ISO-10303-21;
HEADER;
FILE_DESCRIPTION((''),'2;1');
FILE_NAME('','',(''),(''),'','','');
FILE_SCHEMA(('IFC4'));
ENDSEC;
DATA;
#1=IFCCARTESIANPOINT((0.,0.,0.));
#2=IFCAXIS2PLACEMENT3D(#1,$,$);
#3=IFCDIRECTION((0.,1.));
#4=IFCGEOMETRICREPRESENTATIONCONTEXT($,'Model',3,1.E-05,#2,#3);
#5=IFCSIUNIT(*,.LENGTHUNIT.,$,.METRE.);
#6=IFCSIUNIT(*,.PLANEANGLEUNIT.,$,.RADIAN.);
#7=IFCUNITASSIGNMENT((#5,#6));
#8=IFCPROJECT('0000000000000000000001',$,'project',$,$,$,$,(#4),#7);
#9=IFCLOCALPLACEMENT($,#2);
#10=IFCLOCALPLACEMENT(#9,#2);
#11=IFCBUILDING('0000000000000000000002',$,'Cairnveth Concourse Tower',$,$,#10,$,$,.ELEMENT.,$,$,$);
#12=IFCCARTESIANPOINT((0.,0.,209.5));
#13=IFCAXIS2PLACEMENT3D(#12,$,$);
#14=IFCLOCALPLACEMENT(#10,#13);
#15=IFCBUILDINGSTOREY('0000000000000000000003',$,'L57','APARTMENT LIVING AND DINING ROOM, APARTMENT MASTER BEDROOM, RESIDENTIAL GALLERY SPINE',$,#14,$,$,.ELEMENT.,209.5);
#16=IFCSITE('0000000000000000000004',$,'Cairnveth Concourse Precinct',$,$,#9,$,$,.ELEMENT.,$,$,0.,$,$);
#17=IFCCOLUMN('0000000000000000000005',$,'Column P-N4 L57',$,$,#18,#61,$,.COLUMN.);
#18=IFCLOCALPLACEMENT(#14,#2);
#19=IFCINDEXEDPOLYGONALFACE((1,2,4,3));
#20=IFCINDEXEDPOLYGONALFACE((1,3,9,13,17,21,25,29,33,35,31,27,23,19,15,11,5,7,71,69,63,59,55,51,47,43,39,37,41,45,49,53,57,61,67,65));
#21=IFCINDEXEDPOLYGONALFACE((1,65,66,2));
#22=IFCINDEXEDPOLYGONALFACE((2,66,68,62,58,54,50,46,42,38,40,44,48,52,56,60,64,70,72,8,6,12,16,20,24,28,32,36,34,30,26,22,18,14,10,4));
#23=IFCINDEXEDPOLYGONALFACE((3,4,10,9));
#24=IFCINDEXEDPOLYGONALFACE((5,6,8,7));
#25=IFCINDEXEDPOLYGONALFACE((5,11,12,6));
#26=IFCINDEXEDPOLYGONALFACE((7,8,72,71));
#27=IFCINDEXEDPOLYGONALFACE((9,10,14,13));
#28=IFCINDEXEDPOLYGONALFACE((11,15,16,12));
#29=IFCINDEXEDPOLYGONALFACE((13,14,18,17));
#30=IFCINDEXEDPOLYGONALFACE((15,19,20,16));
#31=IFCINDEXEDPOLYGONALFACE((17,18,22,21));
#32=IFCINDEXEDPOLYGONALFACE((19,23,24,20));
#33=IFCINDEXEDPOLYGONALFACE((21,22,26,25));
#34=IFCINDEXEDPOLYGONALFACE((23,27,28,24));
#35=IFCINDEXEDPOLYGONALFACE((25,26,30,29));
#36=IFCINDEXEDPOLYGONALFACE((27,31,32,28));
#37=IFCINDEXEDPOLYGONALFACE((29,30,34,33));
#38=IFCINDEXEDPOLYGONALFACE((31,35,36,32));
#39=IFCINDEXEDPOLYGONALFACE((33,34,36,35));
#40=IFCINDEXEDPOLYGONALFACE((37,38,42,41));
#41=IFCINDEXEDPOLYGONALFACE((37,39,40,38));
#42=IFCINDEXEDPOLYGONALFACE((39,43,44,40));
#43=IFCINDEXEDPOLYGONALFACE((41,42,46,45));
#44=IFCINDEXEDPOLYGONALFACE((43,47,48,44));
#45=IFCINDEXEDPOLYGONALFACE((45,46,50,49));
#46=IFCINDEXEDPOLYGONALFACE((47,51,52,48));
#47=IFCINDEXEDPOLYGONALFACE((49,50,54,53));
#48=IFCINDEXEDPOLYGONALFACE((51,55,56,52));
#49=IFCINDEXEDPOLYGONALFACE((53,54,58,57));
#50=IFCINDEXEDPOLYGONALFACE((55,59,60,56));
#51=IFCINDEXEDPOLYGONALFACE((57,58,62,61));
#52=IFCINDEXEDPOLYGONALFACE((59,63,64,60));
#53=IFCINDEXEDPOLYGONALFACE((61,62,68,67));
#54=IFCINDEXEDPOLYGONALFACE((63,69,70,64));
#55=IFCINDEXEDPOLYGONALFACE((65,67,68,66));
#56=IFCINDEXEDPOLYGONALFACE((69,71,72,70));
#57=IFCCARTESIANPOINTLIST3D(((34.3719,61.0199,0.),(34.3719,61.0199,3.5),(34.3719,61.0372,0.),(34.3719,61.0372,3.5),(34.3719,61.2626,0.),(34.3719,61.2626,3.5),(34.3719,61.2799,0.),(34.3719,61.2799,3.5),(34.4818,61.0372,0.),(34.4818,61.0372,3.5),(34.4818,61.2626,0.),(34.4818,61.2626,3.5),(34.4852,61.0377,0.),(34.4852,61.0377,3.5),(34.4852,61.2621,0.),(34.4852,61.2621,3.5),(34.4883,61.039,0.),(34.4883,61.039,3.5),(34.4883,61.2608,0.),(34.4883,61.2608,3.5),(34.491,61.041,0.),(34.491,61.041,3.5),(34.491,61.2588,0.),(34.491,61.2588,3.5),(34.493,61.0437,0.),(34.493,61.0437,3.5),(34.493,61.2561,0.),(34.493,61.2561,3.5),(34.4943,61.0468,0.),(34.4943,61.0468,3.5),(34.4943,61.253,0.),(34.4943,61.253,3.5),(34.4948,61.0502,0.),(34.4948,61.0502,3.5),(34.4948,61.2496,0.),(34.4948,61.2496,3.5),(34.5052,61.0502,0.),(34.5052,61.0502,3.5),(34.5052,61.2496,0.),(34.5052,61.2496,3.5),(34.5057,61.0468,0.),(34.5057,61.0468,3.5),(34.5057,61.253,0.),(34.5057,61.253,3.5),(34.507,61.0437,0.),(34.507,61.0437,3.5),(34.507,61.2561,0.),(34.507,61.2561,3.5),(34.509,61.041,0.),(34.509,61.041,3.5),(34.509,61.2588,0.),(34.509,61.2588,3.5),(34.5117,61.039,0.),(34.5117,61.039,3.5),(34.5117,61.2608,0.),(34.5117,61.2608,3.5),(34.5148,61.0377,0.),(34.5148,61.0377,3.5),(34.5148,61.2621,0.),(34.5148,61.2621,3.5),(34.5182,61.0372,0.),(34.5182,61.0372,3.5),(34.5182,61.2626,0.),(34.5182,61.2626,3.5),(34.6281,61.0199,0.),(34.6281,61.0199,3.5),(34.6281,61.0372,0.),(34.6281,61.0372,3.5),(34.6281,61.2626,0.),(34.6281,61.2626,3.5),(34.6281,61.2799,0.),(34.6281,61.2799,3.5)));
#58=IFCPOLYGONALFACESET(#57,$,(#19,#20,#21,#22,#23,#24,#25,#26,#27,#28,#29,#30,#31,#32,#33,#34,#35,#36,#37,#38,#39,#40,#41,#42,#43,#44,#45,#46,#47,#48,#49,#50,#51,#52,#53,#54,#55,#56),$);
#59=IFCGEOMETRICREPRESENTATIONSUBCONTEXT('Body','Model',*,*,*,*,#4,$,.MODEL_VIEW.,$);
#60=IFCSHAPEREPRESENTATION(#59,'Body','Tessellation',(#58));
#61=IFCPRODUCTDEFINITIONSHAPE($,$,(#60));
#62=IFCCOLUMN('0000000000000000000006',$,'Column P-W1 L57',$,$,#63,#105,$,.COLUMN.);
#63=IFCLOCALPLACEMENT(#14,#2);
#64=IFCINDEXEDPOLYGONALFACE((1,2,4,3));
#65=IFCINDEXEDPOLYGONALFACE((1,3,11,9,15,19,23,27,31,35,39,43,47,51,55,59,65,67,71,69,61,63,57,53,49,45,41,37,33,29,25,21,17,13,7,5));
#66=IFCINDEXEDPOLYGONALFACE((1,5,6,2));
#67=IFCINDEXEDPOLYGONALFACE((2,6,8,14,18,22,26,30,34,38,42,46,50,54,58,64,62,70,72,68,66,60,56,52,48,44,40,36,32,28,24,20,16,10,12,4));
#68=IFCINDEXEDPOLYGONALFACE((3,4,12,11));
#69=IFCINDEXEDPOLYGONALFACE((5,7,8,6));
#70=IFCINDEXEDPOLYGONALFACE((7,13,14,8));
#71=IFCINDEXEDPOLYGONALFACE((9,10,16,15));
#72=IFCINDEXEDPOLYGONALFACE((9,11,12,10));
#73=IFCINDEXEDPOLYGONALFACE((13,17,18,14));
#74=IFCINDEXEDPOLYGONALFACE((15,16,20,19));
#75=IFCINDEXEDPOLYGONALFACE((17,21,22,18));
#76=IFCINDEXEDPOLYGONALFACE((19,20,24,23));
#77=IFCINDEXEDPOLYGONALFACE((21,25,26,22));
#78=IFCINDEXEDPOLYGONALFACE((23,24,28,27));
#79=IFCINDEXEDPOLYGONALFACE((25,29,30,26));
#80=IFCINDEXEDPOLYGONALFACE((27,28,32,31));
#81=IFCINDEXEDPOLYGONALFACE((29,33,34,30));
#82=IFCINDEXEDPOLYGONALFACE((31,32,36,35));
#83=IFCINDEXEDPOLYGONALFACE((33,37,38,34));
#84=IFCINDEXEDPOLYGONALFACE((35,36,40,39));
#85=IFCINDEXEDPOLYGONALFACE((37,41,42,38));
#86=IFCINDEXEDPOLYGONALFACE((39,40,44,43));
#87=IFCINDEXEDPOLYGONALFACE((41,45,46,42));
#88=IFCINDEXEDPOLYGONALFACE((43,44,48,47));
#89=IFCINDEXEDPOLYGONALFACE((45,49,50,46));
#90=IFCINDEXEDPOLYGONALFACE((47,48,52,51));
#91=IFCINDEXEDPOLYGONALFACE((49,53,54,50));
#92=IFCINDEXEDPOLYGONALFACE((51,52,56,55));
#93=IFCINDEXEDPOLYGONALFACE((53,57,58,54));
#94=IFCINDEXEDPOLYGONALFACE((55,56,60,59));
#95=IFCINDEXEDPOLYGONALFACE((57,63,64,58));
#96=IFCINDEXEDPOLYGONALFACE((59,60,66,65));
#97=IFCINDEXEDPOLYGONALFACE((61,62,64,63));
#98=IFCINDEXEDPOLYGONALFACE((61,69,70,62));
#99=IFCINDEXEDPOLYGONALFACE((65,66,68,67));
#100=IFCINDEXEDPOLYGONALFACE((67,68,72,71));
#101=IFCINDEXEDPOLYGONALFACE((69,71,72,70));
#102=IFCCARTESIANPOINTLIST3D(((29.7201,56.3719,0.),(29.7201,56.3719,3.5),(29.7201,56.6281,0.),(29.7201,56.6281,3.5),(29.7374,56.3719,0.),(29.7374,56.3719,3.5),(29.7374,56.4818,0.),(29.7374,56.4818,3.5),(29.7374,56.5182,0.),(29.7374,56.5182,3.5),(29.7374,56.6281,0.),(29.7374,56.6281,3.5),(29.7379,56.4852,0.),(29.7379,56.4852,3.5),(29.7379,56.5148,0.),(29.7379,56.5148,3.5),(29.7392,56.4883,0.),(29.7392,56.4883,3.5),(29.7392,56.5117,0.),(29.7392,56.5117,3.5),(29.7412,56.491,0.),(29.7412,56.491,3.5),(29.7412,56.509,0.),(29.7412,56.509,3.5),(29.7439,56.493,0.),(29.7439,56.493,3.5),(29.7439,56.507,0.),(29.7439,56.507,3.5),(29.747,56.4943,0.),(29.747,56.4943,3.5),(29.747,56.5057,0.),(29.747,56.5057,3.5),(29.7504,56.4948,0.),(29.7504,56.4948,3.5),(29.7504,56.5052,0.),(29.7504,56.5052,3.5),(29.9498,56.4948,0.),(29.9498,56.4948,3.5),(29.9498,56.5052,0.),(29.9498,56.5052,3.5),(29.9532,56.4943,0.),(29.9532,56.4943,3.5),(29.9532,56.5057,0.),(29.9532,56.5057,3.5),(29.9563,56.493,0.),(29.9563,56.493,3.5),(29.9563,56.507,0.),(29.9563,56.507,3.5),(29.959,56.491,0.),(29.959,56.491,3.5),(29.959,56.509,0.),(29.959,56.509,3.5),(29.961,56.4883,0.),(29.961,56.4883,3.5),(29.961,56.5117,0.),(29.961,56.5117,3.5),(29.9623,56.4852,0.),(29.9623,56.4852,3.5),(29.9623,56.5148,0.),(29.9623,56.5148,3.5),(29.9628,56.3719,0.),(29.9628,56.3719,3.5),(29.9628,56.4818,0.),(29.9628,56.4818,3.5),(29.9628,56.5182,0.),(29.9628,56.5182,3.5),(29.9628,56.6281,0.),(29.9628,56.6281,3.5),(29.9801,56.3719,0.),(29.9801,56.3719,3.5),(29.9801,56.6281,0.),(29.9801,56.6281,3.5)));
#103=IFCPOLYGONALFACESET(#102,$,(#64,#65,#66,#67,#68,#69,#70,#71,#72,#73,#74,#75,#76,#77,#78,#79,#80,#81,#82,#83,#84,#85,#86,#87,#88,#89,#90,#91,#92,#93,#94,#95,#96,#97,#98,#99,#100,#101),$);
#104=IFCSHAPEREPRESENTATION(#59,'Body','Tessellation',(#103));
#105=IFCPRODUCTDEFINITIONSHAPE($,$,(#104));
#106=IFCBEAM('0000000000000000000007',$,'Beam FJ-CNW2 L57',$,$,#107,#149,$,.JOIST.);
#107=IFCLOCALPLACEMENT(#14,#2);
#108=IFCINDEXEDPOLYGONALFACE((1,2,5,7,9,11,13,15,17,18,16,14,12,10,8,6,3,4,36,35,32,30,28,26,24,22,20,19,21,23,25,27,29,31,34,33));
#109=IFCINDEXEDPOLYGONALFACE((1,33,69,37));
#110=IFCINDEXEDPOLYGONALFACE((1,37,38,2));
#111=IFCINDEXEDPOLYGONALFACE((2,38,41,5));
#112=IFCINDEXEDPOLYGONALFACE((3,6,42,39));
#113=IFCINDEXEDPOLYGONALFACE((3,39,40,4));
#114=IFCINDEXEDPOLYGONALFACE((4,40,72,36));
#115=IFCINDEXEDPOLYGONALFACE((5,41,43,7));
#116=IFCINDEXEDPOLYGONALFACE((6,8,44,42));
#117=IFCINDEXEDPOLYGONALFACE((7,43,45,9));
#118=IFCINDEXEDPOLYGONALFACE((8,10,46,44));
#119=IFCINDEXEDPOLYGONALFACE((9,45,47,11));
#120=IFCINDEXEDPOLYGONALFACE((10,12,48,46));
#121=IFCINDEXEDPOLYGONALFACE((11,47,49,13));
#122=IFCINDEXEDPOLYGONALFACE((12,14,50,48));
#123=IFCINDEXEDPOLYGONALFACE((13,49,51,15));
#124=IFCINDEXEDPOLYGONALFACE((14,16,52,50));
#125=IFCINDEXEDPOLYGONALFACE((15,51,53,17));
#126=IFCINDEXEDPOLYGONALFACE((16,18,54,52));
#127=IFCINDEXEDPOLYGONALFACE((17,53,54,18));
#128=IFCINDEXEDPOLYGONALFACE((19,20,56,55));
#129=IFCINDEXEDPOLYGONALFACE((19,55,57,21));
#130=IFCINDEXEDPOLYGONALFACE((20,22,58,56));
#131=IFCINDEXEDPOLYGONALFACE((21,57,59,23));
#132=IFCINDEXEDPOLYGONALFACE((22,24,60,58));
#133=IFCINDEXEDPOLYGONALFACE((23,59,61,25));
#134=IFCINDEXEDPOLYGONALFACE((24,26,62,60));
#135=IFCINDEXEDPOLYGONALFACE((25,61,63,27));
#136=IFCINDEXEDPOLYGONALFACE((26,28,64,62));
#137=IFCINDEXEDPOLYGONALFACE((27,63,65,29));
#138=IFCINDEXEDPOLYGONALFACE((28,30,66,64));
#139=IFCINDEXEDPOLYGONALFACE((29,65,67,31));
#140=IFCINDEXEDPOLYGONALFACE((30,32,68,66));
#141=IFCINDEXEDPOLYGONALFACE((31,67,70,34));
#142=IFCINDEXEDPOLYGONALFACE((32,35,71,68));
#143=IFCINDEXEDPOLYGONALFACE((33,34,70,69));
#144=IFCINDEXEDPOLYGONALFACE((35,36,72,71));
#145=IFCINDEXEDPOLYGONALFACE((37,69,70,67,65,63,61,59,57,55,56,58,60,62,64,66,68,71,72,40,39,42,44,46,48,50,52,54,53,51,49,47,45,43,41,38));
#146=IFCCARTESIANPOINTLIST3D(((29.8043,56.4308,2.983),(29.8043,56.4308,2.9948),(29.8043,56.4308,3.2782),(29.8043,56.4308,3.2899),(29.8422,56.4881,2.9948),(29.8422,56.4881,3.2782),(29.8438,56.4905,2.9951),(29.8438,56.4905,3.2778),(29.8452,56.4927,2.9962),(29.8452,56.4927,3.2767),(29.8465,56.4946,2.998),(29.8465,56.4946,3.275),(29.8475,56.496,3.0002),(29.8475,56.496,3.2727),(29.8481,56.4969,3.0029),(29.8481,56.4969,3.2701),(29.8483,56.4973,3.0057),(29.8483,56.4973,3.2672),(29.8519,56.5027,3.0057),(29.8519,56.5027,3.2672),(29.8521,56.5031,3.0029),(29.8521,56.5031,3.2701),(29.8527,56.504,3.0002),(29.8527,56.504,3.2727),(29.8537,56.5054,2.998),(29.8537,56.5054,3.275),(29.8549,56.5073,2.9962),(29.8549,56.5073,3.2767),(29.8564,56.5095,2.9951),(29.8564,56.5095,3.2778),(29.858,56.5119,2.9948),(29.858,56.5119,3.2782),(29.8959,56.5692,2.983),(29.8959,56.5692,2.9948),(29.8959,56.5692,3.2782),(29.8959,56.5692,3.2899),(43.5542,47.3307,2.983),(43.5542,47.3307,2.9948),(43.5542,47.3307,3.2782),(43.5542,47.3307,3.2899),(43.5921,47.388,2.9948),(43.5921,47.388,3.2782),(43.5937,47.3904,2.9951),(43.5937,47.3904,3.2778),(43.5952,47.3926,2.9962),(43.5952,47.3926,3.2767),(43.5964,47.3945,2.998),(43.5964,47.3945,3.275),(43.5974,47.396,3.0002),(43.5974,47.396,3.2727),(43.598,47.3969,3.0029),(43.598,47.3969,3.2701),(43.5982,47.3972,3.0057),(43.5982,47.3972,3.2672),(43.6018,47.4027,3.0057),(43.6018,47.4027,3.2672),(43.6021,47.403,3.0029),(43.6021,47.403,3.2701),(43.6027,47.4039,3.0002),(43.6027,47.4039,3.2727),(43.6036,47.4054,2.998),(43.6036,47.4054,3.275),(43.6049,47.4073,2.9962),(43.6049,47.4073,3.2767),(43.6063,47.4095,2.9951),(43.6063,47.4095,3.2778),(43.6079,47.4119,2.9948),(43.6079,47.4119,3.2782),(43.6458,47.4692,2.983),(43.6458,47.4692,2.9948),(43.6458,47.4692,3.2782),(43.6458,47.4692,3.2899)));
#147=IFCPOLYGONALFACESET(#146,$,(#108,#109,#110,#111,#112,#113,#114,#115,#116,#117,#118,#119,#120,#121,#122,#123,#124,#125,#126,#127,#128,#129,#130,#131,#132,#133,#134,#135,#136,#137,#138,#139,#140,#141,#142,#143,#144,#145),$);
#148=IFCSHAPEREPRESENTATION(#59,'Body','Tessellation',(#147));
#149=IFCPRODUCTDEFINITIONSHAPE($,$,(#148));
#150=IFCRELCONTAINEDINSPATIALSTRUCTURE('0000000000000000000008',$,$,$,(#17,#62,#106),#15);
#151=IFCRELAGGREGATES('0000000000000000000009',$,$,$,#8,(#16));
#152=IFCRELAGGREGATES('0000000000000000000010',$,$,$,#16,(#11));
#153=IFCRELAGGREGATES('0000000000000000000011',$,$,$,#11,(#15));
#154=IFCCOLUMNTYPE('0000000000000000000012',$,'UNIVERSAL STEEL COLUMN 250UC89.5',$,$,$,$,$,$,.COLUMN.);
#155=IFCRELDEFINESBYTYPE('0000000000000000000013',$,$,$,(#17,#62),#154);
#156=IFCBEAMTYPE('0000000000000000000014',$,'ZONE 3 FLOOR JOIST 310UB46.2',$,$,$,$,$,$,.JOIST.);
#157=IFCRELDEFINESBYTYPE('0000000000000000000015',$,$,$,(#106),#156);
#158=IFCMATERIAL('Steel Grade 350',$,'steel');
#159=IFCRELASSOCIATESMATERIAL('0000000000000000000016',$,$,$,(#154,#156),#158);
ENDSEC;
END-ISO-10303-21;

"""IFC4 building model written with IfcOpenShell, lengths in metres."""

from ifc_helpers import new_model, si_unit, direction, frame, origin, origin_2d, place, context, subcontext, project, spatial, i_section, extrude, material, material_profile, profile_set, type_object, element, save


model = new_model("IFC4")

# Units and contexts
model_context = context("Model", 3, precision=1e-05, world=origin(), true_north=direction((0.0, 1.0)))
body_context = subcontext(model_context, "Body", "Model", "MODEL_VIEW")
ifc_project = project(units=[si_unit("LENGTHUNIT", "METRE"), si_unit("PLANEANGLEUNIT", "RADIAN")], contexts=[model_context])

# Site, building, storey
site_placement = place(None, origin())
site = spatial("IfcSite", under=ifc_project, at=site_placement, Name="Cairnveth Concourse Precinct", CompositionType="ELEMENT", RefElevation=0.0)
building_placement = place(site_placement, origin())
building = spatial("IfcBuilding", under=site, at=building_placement, Name="Cairnveth Concourse Tower", CompositionType="ELEMENT")
storey_placement = place(building_placement, frame((0.0, 0.0, 209.5)))
storey = spatial("IfcBuildingStorey", under=building, at=storey_placement, Name="L57", Description="APARTMENT LIVING AND DINING ROOM, APARTMENT MASTER BEDROOM, RESIDENTIAL GALLERY SPINE", CompositionType="ELEMENT", Elevation=209.5)

# Columns
ifc_material_1 = material(Name="Steel Grade 350", Category="steel")
ifc_material_profile_1 = material_profile(ifc_material_1, i_section(OverallWidth=0.2561, OverallDepth=0.26, WebThickness=0.0105, FlangeThickness=0.0173, FilletRadius=0.0129, at=origin_2d()), Name="250UC89.5")
ifc_profile_set_1 = profile_set([ifc_material_profile_1], Name="Steel Grade 350")
column_type = type_object("IfcColumnType", Name="UNIVERSAL STEEL COLUMN 250UC89.5", PredefinedType="COLUMN", material=ifc_profile_set_1)
for number, where, z_axis, x_axis, name in (
    (1, (34.5, 61.1499, 0.0), (0.0, 0.0, 1.0), (1.0, 0.0, 0.0), "Column P-N4 L57"),
    (2, (29.8501, 56.5, 0.0), (0.0, 0.0, 1.0), (0.0, 1.0, 0.0), "Column P-W1 L57"),
):
    element("IfcColumn", number, at=place(storey_placement, frame(where, z_axis=z_axis, x_axis=x_axis)), inside=storey, type_object=column_type, Name=name, PredefinedType="COLUMN", context=body_context, shape_type="SweptSolid", body=[
        extrude(i_section(OverallWidth=0.2561, OverallDepth=0.26, WebThickness=0.0105, FlangeThickness=0.0173, FilletRadius=0.0129, at=origin_2d()), origin(), (0.0, 0.0, 1.0), 3.5),
    ])

# Beam
ifc_material_profile_2 = material_profile(ifc_material_1, i_section(OverallWidth=0.166, OverallDepth=0.3069, WebThickness=0.0066, FlangeThickness=0.0117, FilletRadius=0.011, at=origin_2d()), Name="310UB46.2")
ifc_profile_set_2 = profile_set([ifc_material_profile_2], Name="Steel Grade 350")
beam_type_1 = type_object("IfcBeamType", Name="ZONE 3 FLOOR JOIST 310UB46.2", PredefinedType="JOIST", material=ifc_profile_set_2)
beam_1_placement = place(storey_placement, frame((29.8501, 56.5, 3.1365), z_axis=(0.833909, -0.551902, 0.0), x_axis=(0.551902, 0.833909, 0.0)))
element("IfcBeam", 3, at=beam_1_placement, inside=storey, type_object=beam_type_1, Name="Beam FJ-CNW2 L57", PredefinedType="JOIST", context=body_context, shape_type="SweptSolid", body=[
    extrude(i_section(OverallWidth=0.166, OverallDepth=0.3069, WebThickness=0.0066, FlangeThickness=0.0117, FilletRadius=0.011, at=origin_2d()), origin(), (0.0, 0.0, 1.0), 16.4885),
])

save(model, "model.ifc")
